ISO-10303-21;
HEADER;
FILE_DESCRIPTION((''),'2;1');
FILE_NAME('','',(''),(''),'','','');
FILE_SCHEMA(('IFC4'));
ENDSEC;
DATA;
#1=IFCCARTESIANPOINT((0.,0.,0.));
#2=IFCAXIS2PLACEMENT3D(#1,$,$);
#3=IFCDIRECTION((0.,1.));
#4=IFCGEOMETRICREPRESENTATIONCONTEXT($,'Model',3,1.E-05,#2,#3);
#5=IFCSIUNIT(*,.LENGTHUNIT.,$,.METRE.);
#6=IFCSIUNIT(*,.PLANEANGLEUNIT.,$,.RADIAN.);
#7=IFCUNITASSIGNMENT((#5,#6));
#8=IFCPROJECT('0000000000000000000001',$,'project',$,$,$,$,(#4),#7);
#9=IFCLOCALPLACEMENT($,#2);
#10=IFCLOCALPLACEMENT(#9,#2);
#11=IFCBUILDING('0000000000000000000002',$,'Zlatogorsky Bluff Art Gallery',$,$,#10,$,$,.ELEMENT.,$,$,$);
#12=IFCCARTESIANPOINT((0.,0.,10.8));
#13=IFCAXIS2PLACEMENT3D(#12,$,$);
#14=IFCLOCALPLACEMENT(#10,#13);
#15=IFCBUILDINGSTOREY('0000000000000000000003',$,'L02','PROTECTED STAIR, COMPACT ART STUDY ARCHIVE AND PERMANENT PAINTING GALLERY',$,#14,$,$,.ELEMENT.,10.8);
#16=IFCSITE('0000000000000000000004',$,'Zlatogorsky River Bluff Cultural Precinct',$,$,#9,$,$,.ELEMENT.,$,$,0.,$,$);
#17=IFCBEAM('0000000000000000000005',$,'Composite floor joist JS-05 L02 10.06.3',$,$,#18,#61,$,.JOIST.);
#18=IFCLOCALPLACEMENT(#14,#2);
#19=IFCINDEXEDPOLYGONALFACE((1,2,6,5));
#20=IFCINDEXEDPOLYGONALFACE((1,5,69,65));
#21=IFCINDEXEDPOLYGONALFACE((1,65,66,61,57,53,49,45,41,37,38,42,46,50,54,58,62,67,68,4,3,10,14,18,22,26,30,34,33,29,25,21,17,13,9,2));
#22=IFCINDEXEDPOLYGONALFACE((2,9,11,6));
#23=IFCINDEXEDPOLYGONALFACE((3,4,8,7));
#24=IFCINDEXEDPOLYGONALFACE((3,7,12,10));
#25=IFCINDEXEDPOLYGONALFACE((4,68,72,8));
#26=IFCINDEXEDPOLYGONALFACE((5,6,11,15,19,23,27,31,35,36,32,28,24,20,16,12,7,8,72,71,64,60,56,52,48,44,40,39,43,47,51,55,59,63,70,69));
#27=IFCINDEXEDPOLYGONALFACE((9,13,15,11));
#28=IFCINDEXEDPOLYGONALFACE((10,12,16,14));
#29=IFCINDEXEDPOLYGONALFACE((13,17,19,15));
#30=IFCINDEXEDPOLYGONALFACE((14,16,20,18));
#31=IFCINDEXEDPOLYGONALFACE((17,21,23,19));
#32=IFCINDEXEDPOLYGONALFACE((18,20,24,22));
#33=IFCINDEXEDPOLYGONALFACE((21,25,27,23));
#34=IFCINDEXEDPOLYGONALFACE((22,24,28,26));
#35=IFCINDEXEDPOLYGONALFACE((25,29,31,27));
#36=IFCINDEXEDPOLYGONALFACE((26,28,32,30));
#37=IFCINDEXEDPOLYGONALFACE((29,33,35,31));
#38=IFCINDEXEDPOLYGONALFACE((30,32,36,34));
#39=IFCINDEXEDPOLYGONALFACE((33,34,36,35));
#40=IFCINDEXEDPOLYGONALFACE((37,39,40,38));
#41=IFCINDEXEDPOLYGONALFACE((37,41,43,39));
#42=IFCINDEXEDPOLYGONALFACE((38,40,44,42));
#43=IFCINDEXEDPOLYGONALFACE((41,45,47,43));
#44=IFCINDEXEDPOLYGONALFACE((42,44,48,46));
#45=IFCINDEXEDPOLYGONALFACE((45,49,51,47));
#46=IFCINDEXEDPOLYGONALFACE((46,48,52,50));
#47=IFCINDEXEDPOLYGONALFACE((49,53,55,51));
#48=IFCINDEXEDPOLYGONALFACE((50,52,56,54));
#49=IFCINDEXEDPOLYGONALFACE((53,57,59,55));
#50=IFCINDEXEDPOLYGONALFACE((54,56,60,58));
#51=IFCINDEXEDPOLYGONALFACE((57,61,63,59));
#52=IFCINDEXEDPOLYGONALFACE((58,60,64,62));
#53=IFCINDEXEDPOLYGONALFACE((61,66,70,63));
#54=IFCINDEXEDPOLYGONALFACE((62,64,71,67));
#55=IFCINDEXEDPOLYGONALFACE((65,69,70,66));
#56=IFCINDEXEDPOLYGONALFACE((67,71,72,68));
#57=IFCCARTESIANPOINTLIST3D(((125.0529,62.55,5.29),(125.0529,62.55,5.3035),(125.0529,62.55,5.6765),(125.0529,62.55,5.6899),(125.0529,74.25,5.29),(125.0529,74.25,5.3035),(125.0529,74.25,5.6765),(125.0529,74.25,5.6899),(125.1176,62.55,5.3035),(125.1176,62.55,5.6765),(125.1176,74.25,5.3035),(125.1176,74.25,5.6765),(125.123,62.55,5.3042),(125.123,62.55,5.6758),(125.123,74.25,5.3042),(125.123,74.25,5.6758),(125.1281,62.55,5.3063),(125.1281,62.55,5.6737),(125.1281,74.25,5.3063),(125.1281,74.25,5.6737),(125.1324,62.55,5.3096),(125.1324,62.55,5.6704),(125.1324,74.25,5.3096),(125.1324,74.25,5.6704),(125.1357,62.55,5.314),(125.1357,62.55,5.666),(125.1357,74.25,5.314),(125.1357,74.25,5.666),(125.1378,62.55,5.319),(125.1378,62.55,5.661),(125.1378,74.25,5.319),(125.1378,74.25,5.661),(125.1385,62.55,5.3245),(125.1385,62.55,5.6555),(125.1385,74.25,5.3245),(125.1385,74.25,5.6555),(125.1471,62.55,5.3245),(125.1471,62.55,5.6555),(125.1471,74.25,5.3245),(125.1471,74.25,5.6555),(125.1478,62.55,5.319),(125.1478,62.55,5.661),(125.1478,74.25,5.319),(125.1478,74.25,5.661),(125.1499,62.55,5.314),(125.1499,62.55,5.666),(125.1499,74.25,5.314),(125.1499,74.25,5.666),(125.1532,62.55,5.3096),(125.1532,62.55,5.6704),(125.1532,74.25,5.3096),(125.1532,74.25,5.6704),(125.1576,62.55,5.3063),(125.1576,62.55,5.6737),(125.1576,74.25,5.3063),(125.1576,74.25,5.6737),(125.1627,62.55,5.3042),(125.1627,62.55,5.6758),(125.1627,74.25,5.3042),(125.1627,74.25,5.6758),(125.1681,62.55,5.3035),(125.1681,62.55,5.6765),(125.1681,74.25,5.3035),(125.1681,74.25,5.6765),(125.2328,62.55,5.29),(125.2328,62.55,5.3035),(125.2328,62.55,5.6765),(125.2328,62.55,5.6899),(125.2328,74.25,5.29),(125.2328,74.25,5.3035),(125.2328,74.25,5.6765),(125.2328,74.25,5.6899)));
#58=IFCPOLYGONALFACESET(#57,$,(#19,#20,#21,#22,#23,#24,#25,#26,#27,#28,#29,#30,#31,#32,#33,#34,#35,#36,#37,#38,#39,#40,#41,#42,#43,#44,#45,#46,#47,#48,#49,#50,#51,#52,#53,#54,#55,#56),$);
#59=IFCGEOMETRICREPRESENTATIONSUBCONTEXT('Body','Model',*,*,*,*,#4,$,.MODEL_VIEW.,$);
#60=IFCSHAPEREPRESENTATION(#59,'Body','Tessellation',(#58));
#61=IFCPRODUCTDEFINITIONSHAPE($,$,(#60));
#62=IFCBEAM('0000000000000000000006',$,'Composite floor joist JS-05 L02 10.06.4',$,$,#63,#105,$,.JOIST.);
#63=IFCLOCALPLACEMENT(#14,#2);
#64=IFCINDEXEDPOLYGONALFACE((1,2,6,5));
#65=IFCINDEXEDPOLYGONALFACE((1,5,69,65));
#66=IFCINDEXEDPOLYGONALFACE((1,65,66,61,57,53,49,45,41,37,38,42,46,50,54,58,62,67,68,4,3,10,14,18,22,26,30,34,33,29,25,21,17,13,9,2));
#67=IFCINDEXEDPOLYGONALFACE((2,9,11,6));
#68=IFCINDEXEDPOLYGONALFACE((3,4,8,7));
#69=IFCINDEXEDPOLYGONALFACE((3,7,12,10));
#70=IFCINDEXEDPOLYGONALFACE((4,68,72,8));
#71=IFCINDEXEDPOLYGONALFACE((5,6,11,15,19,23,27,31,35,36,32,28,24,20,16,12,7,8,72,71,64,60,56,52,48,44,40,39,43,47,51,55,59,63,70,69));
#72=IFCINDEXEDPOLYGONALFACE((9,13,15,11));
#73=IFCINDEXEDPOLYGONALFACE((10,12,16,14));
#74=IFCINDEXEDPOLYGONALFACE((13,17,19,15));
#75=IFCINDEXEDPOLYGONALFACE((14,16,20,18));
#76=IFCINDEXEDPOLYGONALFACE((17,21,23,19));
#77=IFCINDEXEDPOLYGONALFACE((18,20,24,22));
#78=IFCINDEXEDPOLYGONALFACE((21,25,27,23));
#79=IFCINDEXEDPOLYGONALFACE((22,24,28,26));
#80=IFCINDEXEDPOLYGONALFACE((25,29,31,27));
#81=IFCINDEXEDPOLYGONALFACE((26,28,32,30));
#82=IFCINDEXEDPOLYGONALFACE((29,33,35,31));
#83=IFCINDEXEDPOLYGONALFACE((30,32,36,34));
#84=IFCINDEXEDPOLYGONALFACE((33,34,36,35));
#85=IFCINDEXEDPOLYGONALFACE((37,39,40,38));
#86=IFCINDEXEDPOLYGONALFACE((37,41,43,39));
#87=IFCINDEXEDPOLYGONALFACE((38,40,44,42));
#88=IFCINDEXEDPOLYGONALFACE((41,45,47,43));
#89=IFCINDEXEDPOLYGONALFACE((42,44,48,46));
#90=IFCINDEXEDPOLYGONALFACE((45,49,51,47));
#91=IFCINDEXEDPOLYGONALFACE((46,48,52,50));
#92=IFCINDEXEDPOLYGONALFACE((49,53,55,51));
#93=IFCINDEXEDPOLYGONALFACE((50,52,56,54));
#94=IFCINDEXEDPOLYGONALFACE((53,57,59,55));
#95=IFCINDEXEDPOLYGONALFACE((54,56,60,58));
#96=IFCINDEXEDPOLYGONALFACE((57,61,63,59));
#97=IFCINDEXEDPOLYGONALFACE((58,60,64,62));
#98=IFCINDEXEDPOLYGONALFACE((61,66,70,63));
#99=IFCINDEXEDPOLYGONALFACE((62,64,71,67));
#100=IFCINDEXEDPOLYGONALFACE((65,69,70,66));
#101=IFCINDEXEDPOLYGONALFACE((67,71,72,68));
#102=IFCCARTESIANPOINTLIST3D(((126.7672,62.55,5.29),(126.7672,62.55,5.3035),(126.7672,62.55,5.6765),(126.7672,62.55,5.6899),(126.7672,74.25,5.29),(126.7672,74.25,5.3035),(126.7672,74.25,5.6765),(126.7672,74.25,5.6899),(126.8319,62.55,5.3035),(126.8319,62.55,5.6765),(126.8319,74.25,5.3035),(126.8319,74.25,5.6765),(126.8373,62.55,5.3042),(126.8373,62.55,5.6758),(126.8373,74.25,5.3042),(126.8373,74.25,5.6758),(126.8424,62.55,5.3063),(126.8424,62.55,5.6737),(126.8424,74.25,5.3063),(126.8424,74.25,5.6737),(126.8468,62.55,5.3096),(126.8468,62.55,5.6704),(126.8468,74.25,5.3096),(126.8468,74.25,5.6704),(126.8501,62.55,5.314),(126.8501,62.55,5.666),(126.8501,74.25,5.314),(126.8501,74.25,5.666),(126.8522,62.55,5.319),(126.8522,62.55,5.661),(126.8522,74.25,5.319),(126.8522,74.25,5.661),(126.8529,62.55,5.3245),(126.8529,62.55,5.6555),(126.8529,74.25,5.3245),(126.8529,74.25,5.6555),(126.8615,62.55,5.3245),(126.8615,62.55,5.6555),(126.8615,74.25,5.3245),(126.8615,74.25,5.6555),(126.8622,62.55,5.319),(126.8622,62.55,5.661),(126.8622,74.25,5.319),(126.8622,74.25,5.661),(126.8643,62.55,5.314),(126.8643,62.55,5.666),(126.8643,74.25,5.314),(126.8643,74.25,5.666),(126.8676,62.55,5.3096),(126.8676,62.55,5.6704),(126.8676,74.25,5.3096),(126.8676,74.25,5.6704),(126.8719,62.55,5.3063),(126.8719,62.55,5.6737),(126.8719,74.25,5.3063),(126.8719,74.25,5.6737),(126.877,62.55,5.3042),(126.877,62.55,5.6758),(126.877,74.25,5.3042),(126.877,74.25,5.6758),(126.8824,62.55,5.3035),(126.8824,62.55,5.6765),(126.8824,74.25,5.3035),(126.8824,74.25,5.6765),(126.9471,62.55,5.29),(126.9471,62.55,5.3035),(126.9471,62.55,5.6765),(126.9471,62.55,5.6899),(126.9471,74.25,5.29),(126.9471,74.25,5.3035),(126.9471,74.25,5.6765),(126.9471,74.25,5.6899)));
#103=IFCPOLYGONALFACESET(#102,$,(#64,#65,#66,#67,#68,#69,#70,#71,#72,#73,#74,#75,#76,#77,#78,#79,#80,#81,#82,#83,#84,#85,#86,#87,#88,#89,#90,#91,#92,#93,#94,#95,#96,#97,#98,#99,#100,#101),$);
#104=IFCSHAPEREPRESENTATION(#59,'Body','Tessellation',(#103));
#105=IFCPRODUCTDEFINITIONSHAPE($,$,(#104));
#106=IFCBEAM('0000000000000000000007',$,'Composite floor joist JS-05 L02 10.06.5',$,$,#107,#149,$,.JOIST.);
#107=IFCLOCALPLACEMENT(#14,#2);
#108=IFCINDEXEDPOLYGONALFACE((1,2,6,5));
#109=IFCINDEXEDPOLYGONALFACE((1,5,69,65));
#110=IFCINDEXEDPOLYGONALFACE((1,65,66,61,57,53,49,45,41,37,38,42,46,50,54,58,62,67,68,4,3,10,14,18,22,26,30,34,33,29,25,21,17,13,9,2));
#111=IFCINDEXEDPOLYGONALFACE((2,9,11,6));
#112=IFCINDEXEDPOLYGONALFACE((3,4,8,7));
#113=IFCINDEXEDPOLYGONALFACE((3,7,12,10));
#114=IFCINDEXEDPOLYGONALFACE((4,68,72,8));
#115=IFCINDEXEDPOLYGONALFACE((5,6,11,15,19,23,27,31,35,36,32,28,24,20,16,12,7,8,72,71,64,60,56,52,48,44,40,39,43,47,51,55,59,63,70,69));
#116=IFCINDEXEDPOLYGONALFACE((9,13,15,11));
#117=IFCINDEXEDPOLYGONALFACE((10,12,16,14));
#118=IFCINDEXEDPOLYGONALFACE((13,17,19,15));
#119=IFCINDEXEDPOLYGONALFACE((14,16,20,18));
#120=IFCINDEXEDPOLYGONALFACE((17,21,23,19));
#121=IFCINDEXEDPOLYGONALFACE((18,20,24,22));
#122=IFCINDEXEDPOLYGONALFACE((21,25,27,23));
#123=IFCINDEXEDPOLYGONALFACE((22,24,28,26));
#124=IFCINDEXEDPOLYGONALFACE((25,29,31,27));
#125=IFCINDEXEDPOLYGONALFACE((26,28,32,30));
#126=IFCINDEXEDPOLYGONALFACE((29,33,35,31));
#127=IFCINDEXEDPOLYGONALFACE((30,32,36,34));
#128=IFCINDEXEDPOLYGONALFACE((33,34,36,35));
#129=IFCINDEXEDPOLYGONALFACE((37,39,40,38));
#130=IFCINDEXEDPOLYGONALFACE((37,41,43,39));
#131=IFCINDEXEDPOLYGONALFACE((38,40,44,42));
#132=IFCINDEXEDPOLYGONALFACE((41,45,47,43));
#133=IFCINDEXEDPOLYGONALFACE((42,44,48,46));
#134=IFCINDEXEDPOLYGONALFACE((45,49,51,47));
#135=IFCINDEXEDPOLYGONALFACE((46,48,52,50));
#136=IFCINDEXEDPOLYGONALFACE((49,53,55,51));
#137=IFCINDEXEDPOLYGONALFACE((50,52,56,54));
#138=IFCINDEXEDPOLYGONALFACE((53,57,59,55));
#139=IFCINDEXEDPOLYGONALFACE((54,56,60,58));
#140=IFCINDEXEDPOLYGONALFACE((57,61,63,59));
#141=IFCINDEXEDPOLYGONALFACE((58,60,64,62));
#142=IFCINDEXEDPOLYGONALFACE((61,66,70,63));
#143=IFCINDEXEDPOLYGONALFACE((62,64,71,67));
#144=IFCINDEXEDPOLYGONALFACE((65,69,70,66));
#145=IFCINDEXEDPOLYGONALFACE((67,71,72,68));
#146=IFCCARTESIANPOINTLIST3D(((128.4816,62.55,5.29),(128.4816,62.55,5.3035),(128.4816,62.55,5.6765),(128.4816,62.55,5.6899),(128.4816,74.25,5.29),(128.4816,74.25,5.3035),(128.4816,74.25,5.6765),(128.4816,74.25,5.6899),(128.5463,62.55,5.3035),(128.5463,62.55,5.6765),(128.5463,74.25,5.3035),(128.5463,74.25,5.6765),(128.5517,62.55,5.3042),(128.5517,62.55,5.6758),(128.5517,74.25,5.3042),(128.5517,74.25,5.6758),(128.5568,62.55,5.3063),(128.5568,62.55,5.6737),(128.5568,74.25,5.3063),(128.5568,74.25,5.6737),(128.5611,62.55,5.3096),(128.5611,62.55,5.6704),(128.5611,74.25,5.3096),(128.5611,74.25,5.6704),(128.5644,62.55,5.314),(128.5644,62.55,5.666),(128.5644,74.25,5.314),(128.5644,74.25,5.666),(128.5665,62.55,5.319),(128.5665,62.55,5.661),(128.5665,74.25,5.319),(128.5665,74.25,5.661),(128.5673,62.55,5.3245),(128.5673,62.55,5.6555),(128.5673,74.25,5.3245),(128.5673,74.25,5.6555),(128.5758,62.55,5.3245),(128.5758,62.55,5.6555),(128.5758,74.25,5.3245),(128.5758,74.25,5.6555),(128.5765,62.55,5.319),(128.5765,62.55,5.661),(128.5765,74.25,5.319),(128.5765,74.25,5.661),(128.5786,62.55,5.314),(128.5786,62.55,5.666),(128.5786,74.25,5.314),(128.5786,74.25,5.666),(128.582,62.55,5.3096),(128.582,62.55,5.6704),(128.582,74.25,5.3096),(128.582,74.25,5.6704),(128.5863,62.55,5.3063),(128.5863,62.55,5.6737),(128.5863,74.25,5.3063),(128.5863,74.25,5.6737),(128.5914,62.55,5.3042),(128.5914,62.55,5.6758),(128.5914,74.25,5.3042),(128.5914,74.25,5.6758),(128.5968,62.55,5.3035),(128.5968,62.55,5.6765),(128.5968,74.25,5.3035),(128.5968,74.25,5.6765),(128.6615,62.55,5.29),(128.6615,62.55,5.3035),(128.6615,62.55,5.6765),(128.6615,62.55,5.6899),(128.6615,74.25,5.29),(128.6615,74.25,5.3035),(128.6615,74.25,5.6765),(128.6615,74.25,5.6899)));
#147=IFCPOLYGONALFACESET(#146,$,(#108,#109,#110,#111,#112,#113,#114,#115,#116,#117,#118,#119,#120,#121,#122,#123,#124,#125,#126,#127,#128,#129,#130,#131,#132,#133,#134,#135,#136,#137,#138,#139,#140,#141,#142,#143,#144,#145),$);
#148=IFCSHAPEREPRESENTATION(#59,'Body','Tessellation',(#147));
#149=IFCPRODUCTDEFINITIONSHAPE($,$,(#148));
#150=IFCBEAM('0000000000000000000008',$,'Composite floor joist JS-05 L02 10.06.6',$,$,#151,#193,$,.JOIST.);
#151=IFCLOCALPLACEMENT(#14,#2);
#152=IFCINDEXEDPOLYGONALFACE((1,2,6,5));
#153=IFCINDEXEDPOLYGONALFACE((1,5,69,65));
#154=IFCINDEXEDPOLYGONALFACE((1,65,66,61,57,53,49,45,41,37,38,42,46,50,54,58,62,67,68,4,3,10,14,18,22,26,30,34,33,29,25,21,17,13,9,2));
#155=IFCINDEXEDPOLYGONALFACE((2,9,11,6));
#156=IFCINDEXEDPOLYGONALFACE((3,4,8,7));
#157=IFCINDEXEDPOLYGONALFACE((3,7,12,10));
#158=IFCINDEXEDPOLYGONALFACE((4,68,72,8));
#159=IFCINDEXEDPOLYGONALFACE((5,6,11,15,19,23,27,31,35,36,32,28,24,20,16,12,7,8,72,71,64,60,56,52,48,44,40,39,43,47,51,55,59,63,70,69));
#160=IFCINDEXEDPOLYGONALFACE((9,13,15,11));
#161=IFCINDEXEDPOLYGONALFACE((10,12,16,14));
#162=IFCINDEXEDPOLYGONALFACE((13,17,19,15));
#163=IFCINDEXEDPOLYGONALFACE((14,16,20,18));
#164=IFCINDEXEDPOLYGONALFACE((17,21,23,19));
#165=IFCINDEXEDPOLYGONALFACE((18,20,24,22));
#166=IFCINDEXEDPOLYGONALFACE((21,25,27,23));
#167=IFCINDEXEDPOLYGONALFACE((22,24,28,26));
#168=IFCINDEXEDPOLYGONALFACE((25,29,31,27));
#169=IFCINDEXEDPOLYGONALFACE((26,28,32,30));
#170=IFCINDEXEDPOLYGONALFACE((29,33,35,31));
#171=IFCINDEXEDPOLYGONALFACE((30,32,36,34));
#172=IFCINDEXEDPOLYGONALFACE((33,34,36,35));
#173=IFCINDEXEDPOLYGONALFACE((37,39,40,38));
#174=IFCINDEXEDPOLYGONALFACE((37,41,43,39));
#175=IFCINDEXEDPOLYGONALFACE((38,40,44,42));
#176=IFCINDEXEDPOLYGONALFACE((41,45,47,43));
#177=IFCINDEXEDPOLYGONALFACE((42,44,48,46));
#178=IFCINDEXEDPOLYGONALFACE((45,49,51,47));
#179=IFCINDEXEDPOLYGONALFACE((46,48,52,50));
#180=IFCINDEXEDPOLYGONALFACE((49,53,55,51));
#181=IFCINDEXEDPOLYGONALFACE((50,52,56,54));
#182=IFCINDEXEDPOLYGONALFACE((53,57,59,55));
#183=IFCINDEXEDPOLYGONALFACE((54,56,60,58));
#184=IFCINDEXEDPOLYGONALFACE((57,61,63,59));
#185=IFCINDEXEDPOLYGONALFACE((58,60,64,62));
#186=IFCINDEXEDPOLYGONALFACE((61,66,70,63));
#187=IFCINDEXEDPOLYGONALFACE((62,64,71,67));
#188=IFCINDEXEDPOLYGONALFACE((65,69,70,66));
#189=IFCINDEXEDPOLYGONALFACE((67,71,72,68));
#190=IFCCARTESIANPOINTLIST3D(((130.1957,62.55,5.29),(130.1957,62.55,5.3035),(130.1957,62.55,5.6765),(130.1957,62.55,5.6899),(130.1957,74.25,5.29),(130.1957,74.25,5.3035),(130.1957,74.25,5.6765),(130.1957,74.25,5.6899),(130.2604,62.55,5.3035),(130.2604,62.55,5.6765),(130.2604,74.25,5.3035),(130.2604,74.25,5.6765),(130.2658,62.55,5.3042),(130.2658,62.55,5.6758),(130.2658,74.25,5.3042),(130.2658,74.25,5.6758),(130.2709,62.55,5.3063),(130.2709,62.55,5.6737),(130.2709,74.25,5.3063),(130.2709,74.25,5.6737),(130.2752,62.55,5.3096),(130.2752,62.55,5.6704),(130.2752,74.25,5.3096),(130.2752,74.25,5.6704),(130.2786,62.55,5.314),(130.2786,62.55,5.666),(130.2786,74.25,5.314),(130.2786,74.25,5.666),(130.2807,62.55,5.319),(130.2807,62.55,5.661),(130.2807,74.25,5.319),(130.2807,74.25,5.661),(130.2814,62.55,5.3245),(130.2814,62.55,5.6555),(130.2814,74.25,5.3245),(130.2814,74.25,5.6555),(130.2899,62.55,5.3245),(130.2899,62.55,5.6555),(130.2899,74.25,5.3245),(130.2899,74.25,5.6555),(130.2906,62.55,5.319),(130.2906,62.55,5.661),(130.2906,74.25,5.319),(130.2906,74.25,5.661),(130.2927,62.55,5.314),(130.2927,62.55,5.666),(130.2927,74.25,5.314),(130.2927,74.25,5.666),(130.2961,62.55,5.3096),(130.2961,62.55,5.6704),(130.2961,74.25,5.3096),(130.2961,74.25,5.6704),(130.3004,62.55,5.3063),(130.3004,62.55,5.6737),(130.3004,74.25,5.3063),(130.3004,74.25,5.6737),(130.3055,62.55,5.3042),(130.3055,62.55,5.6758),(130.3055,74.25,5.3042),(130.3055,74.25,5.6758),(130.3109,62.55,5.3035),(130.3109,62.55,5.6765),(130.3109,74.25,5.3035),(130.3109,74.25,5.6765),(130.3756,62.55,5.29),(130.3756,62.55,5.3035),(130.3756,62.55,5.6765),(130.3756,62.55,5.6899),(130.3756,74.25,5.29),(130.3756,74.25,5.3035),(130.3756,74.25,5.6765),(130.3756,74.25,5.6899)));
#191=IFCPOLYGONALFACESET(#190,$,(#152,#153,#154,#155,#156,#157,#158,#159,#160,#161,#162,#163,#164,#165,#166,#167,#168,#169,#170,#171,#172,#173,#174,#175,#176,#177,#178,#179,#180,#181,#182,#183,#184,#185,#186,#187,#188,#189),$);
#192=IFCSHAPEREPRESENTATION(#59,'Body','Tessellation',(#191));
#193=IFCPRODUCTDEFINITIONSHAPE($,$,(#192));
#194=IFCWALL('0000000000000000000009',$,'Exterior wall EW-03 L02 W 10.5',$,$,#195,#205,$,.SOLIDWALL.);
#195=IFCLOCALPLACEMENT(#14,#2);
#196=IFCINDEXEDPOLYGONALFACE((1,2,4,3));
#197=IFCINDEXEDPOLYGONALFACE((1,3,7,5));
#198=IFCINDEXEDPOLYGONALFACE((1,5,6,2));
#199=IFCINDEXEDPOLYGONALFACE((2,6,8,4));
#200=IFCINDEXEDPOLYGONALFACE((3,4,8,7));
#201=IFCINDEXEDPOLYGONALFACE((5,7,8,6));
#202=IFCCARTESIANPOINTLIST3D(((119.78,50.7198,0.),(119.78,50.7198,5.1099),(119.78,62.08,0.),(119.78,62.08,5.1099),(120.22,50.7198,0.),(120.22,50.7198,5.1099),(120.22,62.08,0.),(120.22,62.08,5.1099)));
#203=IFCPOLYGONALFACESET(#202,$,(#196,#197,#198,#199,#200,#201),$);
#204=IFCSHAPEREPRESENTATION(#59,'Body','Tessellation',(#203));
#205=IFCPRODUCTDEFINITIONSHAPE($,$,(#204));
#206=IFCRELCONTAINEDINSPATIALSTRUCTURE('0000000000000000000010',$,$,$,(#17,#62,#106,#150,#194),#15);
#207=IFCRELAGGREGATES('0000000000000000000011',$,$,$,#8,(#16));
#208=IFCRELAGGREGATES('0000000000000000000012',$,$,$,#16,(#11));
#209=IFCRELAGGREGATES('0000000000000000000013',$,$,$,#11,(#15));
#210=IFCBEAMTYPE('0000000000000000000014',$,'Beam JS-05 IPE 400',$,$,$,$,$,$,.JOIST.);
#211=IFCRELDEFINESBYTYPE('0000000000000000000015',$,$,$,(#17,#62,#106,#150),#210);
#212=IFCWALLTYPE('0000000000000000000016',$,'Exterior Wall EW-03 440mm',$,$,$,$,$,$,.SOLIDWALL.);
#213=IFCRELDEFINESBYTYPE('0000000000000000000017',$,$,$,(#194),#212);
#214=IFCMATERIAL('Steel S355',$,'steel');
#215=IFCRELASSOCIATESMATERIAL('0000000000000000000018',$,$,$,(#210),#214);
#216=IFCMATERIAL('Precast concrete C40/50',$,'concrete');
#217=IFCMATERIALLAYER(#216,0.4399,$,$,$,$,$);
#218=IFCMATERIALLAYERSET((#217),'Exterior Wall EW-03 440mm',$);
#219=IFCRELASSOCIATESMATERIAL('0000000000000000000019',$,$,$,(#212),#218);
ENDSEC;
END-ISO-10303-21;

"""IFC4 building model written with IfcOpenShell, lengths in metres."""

from ifc_helpers import new_model, si_unit, direction, frame, frame_2d, origin, origin_2d, place, context, subcontext, project, spatial, rectangle, i_section, extrude, material, layer, layer_set, material_profile, profile_set, type_object, element, save


model = new_model("IFC4")

# Units and contexts
model_context = context("Model", 3, precision=1e-05, world=origin(), true_north=direction((0.0, 1.0)))
body_context = subcontext(model_context, "Body", "Model", "MODEL_VIEW")
ifc_project = project(units=[si_unit("LENGTHUNIT", "METRE"), si_unit("PLANEANGLEUNIT", "RADIAN")], contexts=[model_context])

# Site, building, storey
site_placement = place(None, origin())
site = spatial("IfcSite", under=ifc_project, at=site_placement, Name="Zlatogorsky River Bluff Cultural Precinct", CompositionType="ELEMENT", RefElevation=0.0)
building_placement = place(site_placement, origin())
building = spatial("IfcBuilding", under=site, at=building_placement, Name="Zlatogorsky Bluff Art Gallery", CompositionType="ELEMENT")
storey_placement = place(building_placement, frame((0.0, 0.0, 10.8)))
storey = spatial("IfcBuildingStorey", under=building, at=storey_placement, Name="L02", Description="PROTECTED STAIR, COMPACT ART STUDY ARCHIVE AND PERMANENT PAINTING GALLERY", CompositionType="ELEMENT", Elevation=10.8)

# Beams
ifc_material_1 = material(Name="Steel S355", Category="steel")
ifc_material_profile_1 = material_profile(ifc_material_1, i_section(OverallWidth=0.1799, OverallDepth=0.3999, WebThickness=0.0085, FlangeThickness=0.0134, FilletRadius=0.021, at=origin_2d()), Name="IPE 400")
ifc_profile_set_1 = profile_set([ifc_material_profile_1], Name="Steel S355")
beam_type_1 = type_object("IfcBeamType", Name="Beam JS-05 IPE 400", PredefinedType="JOIST", material=ifc_profile_set_1)
for number, where, z_axis, x_axis, name in (
    (1, (125.1428, 62.55, 5.49), (0.0, 1.0, 0.0), (-1.0, 0.0, 0.0), "Composite floor joist JS-05 L02 10.06.3"),
    (2, (126.8572, 62.55, 5.49), (0.0, 1.0, 0.0), (-1.0, 0.0, 0.0), "Composite floor joist JS-05 L02 10.06.4"),
    (3, (128.5715, 62.55, 5.49), (0.0, 1.0, 0.0), (-1.0, 0.0, 0.0), "Composite floor joist JS-05 L02 10.06.5"),
    (4, (130.2856, 62.55, 5.49), (0.0, 1.0, 0.0), (-1.0, 0.0, 0.0), "Composite floor joist JS-05 L02 10.06.6"),
):
    element("IfcBeam", number, at=place(storey_placement, frame(where, z_axis=z_axis, x_axis=x_axis)), inside=storey, type_object=beam_type_1, Name=name, PredefinedType="JOIST", context=body_context, shape_type="SweptSolid", body=[
        extrude(i_section(OverallWidth=0.1799, OverallDepth=0.3999, WebThickness=0.0085, FlangeThickness=0.0134, FilletRadius=0.021, at=origin_2d()), origin(), (0.0, 0.0, 1.0), 11.7),
    ])

# Wall
ifc_material_2 = material(Name="Precast concrete C40/50", Category="concrete")
ifc_layer_1 = layer(ifc_material_2, 0.4399)
ifc_layer_set_1 = layer_set([ifc_layer_1], Name="Exterior Wall EW-03 440mm")
wall_type_1 = type_object("IfcWallType", Name="Exterior Wall EW-03 440mm", PredefinedType="SOLIDWALL", material=ifc_layer_set_1)
wall_1_placement = place(storey_placement, frame((120.0, 62.0801, 0.0), z_axis=(0.0, 0.0, 1.0), x_axis=(0.0, -1.0, 0.0)))
element("IfcWall", 5, at=wall_1_placement, inside=storey, type_object=wall_type_1, Name="Exterior wall EW-03 L02 W 10.5", PredefinedType="SOLIDWALL", context=body_context, shape_type="SweptSolid", body=[
    extrude(rectangle(XDim=11.3601, YDim=0.4399, at=frame_2d((5.6802, 0.0))), origin(), (0.0, 0.0, 1.0), 5.1099),
])

save(model, "model.ifc")
